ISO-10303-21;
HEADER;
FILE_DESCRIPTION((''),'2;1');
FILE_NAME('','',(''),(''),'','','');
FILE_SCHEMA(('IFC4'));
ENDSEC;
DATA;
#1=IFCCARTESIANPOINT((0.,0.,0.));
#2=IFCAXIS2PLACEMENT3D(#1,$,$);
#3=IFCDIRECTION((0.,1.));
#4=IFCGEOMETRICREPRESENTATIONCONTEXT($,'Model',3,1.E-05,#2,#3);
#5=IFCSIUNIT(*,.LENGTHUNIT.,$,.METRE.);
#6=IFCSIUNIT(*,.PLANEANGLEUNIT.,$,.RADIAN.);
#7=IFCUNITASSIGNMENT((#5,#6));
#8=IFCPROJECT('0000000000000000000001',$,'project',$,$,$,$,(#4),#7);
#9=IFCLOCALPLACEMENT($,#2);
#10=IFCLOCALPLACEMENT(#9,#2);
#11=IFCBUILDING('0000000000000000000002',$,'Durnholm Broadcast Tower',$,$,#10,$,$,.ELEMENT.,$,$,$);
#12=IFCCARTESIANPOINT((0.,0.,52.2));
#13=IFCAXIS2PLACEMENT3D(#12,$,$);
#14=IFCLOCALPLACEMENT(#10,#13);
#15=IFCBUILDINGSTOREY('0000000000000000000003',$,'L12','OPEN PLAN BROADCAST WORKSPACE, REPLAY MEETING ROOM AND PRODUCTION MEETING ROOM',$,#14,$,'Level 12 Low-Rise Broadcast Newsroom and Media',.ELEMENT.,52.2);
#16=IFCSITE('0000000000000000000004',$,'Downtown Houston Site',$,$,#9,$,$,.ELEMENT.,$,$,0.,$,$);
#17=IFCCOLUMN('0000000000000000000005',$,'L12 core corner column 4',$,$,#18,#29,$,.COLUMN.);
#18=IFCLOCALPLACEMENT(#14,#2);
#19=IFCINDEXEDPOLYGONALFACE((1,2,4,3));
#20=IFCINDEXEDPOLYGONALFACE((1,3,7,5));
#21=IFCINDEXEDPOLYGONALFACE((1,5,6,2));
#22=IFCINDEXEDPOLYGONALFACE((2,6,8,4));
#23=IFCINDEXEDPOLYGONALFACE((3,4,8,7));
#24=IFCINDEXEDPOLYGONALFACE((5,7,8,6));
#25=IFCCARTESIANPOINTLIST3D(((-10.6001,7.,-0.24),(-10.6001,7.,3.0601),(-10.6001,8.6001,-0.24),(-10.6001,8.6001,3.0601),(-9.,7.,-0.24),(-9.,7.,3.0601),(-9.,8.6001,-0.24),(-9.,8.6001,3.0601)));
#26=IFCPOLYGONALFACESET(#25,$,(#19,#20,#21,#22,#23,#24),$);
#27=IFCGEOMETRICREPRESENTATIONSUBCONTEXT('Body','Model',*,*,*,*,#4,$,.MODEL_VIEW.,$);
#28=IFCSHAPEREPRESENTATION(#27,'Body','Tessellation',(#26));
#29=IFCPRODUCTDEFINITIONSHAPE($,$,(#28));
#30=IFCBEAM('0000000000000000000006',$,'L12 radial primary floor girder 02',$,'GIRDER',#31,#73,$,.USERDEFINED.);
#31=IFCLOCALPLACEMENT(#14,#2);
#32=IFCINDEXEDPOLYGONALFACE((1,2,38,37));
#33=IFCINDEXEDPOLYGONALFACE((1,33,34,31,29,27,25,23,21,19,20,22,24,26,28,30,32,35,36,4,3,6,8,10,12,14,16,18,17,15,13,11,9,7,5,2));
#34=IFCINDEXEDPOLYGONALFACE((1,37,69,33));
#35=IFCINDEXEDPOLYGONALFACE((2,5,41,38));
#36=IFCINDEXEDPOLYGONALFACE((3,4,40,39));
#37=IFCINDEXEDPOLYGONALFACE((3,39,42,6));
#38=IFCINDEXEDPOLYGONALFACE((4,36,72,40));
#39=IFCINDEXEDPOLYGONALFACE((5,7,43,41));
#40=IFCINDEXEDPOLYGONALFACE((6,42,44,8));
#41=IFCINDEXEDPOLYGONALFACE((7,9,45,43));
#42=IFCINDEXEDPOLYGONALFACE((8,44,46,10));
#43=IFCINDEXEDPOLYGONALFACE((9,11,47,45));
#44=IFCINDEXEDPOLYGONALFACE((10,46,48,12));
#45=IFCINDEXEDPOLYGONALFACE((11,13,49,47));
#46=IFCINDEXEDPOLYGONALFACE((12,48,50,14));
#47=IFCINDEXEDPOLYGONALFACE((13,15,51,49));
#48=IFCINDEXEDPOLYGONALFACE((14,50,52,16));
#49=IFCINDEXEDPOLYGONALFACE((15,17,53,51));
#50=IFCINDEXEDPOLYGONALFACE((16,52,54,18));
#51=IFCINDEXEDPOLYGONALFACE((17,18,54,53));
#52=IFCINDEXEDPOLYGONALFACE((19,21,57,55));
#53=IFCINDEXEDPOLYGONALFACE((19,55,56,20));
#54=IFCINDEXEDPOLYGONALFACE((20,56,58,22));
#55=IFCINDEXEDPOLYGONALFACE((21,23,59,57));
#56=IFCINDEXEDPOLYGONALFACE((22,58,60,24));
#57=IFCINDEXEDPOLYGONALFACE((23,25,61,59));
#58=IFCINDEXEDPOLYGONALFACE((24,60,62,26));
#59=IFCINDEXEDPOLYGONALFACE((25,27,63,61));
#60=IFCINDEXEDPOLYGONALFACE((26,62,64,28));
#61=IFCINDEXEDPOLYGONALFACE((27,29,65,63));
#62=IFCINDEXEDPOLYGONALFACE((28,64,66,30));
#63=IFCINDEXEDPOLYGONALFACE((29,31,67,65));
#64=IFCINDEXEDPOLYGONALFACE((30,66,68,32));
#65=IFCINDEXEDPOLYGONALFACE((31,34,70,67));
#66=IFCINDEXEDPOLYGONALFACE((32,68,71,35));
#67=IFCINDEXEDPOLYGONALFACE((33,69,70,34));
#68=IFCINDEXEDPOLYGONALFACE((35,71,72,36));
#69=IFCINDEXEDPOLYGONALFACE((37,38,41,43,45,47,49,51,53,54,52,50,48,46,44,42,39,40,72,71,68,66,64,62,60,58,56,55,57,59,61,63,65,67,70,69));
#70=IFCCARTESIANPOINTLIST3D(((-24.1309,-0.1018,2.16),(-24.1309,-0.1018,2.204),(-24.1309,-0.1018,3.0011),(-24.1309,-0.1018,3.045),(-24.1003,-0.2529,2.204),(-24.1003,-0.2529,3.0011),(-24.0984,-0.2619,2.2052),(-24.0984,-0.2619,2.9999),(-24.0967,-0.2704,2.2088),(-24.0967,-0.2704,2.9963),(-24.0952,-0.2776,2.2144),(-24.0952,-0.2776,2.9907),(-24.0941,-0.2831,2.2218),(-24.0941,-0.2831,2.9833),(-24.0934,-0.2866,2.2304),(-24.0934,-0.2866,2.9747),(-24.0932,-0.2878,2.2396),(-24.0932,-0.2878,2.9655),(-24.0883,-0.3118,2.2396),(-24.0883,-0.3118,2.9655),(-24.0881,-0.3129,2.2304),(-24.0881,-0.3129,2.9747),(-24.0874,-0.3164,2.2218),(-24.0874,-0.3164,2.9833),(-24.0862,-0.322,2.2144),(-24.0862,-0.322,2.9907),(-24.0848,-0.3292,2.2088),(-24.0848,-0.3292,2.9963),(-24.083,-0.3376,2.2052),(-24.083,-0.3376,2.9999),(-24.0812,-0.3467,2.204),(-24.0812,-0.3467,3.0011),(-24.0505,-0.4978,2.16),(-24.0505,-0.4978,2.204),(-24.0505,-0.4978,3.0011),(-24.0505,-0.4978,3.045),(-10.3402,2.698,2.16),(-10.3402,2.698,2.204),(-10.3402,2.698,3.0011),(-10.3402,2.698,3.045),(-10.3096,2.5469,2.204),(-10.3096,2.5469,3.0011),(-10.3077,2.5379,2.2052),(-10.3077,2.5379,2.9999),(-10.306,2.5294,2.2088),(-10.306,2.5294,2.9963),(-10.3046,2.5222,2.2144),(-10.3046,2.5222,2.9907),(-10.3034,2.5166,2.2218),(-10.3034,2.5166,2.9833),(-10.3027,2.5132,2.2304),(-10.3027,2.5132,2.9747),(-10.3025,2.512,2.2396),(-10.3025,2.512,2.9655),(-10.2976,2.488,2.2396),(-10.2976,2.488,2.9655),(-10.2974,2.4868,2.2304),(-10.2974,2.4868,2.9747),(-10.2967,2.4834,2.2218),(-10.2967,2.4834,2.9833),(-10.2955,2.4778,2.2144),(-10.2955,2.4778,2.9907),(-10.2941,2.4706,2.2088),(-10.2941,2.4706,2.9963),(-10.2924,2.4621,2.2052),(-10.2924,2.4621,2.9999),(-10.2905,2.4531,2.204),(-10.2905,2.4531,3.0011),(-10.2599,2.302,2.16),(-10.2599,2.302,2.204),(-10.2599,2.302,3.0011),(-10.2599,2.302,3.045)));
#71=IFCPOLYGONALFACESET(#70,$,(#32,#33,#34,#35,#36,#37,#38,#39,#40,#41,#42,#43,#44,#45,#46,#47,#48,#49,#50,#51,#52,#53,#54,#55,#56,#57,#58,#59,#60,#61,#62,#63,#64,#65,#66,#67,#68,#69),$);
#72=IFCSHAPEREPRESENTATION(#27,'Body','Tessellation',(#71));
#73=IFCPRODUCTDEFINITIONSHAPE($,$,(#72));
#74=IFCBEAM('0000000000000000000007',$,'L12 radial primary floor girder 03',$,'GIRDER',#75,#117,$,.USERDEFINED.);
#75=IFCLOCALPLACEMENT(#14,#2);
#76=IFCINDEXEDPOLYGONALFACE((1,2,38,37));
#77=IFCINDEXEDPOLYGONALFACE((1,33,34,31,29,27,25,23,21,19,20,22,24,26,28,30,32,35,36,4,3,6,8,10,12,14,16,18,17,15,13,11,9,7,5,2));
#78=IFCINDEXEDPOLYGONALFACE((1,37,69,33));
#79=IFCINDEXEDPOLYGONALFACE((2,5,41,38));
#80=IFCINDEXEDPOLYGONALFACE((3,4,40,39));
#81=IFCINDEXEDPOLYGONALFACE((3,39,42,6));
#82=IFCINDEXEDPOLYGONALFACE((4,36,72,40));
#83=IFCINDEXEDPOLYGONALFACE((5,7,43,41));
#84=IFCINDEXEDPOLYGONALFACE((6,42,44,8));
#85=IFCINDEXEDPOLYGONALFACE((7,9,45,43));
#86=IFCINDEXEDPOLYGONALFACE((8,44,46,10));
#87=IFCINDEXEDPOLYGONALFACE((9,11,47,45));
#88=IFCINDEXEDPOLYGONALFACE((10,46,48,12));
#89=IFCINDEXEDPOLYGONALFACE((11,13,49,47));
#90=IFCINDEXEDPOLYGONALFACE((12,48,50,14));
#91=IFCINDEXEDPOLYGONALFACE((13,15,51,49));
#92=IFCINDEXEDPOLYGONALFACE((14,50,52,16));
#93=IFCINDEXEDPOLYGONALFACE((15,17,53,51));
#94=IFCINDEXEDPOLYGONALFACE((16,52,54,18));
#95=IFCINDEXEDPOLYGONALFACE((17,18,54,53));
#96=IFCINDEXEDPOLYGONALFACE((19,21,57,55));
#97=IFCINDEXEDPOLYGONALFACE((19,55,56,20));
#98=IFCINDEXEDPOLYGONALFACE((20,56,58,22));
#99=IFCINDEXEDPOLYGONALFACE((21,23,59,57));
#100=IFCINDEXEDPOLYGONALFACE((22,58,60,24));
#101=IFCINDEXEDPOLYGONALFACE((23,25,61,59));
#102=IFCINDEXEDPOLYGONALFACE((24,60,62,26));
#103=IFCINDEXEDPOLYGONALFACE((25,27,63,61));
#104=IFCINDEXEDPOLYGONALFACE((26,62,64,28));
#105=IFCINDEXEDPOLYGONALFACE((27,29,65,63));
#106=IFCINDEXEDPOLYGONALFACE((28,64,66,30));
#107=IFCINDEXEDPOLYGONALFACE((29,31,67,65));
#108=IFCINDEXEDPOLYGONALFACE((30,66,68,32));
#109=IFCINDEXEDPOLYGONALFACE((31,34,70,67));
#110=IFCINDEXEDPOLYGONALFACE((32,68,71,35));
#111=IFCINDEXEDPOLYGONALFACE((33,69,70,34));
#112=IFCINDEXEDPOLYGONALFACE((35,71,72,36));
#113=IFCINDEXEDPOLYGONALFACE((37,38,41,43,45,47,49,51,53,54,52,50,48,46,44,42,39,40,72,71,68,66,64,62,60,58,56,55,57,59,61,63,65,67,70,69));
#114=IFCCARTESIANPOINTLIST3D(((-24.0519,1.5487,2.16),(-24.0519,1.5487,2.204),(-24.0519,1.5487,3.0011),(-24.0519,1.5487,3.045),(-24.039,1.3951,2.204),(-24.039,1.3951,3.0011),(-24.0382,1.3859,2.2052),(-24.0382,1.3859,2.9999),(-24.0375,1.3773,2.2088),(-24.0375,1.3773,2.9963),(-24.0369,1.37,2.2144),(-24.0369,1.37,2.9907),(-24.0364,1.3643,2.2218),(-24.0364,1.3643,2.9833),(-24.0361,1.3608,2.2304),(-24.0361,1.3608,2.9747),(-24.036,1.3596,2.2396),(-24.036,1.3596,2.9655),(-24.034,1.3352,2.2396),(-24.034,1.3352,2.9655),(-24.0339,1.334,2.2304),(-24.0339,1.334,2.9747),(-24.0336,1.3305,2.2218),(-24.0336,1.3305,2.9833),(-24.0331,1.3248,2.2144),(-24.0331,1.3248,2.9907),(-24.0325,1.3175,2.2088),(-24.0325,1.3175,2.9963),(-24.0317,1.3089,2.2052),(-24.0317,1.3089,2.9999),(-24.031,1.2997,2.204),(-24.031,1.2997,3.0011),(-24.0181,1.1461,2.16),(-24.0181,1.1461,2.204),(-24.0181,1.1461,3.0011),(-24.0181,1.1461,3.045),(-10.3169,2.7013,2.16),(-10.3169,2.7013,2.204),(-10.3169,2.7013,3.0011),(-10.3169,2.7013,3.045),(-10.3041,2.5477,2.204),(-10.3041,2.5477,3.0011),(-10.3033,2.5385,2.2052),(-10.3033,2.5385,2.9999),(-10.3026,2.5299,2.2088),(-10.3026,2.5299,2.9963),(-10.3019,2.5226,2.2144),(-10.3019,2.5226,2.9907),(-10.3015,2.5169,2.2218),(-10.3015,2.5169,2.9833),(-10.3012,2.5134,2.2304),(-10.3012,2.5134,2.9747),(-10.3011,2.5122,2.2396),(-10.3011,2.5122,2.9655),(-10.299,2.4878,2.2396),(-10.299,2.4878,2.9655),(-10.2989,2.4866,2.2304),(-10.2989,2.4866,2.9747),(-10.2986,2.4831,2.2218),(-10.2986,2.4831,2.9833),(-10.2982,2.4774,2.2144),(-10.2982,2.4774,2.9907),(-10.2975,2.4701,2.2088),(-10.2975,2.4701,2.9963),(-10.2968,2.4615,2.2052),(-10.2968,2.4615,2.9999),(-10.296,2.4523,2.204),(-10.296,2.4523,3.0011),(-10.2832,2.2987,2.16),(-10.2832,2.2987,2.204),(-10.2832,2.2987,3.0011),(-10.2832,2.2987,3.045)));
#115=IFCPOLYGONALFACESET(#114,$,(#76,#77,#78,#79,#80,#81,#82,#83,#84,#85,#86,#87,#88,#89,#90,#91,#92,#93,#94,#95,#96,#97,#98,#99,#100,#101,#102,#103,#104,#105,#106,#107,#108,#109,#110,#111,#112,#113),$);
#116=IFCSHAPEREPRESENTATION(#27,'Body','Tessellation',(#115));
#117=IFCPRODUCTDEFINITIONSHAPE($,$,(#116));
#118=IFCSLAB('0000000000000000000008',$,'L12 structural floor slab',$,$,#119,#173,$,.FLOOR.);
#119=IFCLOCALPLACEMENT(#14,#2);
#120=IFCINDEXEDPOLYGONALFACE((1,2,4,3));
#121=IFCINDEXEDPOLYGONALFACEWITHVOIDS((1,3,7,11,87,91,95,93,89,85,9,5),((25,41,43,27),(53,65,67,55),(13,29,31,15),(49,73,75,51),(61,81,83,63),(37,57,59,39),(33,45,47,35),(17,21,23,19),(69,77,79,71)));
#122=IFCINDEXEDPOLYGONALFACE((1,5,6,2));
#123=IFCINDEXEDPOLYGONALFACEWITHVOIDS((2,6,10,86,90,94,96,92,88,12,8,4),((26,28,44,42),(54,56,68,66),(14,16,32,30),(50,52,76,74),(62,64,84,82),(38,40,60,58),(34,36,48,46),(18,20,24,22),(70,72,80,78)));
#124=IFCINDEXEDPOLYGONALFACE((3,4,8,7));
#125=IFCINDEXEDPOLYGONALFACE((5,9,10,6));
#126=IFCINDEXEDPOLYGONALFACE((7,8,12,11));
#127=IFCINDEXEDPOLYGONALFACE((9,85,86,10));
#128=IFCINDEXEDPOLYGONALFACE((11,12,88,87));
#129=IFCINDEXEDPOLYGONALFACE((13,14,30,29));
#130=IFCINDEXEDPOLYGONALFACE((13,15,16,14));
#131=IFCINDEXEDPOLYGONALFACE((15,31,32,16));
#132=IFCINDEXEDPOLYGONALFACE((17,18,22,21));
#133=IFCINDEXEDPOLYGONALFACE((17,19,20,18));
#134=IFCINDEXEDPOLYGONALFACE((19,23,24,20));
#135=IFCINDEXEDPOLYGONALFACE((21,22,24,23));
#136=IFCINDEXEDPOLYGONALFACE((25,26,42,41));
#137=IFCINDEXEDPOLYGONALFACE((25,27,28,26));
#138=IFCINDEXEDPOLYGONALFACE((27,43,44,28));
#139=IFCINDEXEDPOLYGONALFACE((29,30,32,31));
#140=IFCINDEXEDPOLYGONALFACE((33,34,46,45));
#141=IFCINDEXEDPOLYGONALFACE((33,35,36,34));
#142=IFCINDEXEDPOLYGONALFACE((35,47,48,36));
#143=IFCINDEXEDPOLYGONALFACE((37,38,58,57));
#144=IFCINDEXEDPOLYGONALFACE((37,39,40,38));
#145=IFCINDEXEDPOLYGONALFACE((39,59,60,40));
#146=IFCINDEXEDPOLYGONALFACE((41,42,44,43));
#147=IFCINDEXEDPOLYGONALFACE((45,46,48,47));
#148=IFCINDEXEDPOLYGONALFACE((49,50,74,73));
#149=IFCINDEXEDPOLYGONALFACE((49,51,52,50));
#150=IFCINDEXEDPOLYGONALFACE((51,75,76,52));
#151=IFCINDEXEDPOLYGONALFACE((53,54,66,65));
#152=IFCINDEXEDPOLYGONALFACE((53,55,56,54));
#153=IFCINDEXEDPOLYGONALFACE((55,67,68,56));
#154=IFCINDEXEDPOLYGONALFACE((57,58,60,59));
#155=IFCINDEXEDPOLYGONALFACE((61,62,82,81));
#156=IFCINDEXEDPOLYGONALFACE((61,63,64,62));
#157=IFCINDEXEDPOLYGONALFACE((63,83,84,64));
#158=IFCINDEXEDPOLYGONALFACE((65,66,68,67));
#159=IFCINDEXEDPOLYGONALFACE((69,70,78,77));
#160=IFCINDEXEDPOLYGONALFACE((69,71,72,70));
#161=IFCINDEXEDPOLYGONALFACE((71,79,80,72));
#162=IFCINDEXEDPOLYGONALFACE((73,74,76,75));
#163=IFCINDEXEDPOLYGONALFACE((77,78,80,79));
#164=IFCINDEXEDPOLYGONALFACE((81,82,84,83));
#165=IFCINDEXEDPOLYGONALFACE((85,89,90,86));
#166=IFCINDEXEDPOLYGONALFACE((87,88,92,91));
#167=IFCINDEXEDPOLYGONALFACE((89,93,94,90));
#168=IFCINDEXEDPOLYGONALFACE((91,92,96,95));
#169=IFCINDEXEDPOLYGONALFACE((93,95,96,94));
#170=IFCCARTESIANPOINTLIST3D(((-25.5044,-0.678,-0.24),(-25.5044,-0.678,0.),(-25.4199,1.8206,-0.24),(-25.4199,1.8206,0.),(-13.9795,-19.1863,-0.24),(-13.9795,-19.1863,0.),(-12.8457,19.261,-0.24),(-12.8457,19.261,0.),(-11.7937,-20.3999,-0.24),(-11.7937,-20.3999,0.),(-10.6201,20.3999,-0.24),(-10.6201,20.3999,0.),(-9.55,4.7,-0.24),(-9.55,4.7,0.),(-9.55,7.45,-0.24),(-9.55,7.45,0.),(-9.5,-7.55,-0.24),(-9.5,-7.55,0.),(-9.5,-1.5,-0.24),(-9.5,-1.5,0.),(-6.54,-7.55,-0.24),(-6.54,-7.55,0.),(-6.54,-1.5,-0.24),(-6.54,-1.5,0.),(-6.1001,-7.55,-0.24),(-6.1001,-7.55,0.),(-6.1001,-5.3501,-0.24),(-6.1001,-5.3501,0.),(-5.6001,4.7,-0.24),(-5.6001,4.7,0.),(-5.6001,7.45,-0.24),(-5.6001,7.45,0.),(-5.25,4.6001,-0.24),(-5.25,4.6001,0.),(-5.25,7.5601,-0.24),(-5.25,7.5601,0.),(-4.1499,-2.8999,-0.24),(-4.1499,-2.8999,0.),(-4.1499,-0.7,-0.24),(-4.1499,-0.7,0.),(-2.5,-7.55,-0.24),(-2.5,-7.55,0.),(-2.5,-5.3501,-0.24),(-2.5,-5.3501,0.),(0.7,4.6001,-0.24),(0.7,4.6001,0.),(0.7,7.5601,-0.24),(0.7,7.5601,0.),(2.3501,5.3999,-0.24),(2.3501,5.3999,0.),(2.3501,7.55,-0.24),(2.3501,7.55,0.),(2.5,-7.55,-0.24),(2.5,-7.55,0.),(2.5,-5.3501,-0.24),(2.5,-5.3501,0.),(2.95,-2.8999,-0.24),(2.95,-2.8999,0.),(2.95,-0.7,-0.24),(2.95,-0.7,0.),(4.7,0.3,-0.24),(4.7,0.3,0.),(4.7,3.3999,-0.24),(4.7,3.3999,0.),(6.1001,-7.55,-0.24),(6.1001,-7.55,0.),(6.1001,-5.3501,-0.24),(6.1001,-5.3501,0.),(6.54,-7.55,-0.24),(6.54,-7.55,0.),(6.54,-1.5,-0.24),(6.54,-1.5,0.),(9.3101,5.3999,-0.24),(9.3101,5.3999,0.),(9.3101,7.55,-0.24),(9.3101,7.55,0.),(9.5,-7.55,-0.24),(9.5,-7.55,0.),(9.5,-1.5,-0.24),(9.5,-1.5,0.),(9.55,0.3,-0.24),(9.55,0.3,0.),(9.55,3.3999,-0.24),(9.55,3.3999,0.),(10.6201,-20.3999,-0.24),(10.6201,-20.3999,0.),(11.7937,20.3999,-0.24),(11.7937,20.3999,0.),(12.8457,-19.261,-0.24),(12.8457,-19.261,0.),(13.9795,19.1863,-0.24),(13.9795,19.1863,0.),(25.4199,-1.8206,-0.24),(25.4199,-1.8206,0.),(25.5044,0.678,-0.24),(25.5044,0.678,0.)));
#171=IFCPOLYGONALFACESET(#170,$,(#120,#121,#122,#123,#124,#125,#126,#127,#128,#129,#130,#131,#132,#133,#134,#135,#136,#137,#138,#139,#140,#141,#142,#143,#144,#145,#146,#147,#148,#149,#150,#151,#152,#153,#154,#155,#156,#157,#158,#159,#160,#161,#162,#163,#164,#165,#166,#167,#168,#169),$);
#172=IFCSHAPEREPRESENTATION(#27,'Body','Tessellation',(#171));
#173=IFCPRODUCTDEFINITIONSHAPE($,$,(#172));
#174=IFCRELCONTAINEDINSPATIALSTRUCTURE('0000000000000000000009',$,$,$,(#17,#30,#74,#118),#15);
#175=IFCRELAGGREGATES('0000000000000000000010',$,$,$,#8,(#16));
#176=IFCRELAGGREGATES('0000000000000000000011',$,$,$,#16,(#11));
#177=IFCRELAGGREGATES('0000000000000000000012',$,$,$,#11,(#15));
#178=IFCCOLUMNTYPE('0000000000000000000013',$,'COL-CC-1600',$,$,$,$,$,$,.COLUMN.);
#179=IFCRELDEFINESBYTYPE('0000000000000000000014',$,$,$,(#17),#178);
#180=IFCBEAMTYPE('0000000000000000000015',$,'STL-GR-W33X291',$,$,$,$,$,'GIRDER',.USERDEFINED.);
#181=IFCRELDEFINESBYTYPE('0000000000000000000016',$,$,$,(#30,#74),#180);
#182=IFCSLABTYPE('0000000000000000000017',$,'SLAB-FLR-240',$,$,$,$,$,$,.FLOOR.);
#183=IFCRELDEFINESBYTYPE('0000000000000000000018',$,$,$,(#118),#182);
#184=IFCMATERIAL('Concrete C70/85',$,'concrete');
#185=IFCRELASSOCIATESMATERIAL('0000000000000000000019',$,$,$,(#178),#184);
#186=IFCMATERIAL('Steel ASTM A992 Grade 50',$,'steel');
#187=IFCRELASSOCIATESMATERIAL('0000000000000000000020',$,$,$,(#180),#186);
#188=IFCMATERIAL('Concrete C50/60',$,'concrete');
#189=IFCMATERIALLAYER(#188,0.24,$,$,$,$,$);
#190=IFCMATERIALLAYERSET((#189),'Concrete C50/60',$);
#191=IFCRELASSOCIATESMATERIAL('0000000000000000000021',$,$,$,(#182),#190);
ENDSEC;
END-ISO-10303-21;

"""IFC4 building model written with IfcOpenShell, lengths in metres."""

from ifc_helpers import new_model, si_unit, direction, frame, origin, origin_2d, place, context, subcontext, project, spatial, polyline, rectangle, i_section, outline, extrude, source, transform, mapped, material, layer, layer_set, material_profile, profile_set, type_object, type_shapes, element, save


model = new_model("IFC4")

# Units and contexts
model_context = context("Model", 3, precision=1e-05, world=origin(), true_north=direction((0.0, 1.0)))
body_context = subcontext(model_context, "Body", "Model", "MODEL_VIEW")
ifc_project = project(units=[si_unit("LENGTHUNIT", "METRE"), si_unit("PLANEANGLEUNIT", "RADIAN")], contexts=[model_context])

# Site, building, storey
site_placement = place(None, origin())
site = spatial("IfcSite", under=ifc_project, at=site_placement, Name="Downtown Houston Site", CompositionType="ELEMENT", RefElevation=0.0)
building_placement = place(site_placement, origin())
building = spatial("IfcBuilding", under=site, at=building_placement, Name="Durnholm Broadcast Tower", CompositionType="ELEMENT")
storey_placement = place(building_placement, frame((0.0, 0.0, 52.2)))
storey = spatial("IfcBuildingStorey", under=building, at=storey_placement, Name="L12", Description="OPEN PLAN BROADCAST WORKSPACE, REPLAY MEETING ROOM AND PRODUCTION MEETING ROOM", LongName="Level 12 Low-Rise Broadcast Newsroom and Media", CompositionType="ELEMENT", Elevation=52.2)

# Column
ifc_material_1 = material(Name="Concrete C70/85", Category="concrete")
ifc_material_profile_1 = material_profile(ifc_material_1, rectangle(XDim=1.6001, YDim=1.6001, at=origin_2d()), Name="RC1600X1600")
ifc_profile_set_1 = profile_set([ifc_material_profile_1], Name="Concrete C70/85")
column_type = type_object("IfcColumnType", Name="COL-CC-1600", PredefinedType="COLUMN", material=ifc_profile_set_1)
shared_shape_1 = source(origin(), body_context, "Body", "SweptSolid", [
    extrude(rectangle(XDim=1.6001, YDim=1.6001, at=origin_2d()), origin(), (0.0, 0.0, 1.0), 3.3),
])
type_shapes(column_type, [shared_shape_1])
column_placement = place(storey_placement, frame((-9.8, 7.8, -0.24), z_axis=(0.0, 0.0, 1.0), x_axis=(1.0, 0.0, 0.0)))
element("IfcColumn", 1, at=column_placement, inside=storey, type_object=column_type, Name="L12 core corner column 4", PredefinedType="COLUMN", context=body_context, shape_type="MappedRepresentation", body=[
    mapped(shared_shape_1, transform((0.0, 0.0, 0.0), x_axis=(1.0, 0.0, 0.0), y_axis=(0.0, 1.0, 0.0), z_axis=(0.0, 0.0, 1.0), scale=1.0)),
])

# Beams
ifc_material_2 = material(Name="Steel ASTM A992 Grade 50", Category="steel")
ifc_material_profile_2 = material_profile(ifc_material_2, i_section(OverallWidth=0.4041, OverallDepth=0.885, WebThickness=0.0244, FlangeThickness=0.0439, FilletRadius=0.0356, at=origin_2d()), Name="W33X291")
ifc_profile_set_2 = profile_set([ifc_material_profile_2], Name="Steel ASTM A992 Grade 50")
beam_type = type_object("IfcBeamType", Name="STL-GR-W33X291", ElementType="GIRDER", PredefinedType="USERDEFINED", material=ifc_profile_set_2)
shared_shape_2 = source(origin(), body_context, "Body", "SweptSolid", [
    extrude(i_section(OverallWidth=0.4041, OverallDepth=0.885, WebThickness=0.0244, FlangeThickness=0.0439, FilletRadius=0.0356, at=origin_2d()), origin(), (0.0, 0.0, 1.0), 14.072),
])
beam_1_placement = place(storey_placement, frame((-10.3, 2.5, 2.6025), z_axis=(-0.980007, -0.198961, 0.0), x_axis=(0.198961, -0.980007, 0.0)))
element("IfcBeam", 2, at=beam_1_placement, inside=storey, type_object=beam_type, Name="L12 radial primary floor girder 02", ObjectType="GIRDER", PredefinedType="USERDEFINED", context=body_context, shape_type="MappedRepresentation", body=[
    mapped(shared_shape_2, transform((0.0, 0.0, 0.0), x_axis=(1.0, 0.0, 0.0), y_axis=(0.0, 1.0, 0.0), z_axis=(0.0, 0.0, 1.0), scale=1.0)),
])
shared_shape_3 = source(origin(), body_context, "Body", "SweptSolid", [
    extrude(i_section(OverallWidth=0.4041, OverallDepth=0.885, WebThickness=0.0244, FlangeThickness=0.0439, FilletRadius=0.0356, at=origin_2d()), origin(), (0.0, 0.0, 1.0), 13.7832),
])
type_shapes(beam_type, [shared_shape_2, shared_shape_3])
beam_2_placement = place(storey_placement, frame((-10.3, 2.5, 2.6025), z_axis=(-0.996497, -0.083623, 0.0), x_axis=(0.083623, -0.996497, 0.0)))
element("IfcBeam", 3, at=beam_2_placement, inside=storey, type_object=beam_type, Name="L12 radial primary floor girder 03", ObjectType="GIRDER", PredefinedType="USERDEFINED", context=body_context, shape_type="MappedRepresentation", body=[
    mapped(shared_shape_3, transform((0.0, 0.0, 0.0), x_axis=(1.0, 0.0, 0.0), y_axis=(0.0, 1.0, 0.0), z_axis=(0.0, 0.0, 1.0), scale=1.0)),
])

# Slab
ifc_material_3 = material(Name="Concrete C50/60", Category="concrete")
ifc_layer_1 = layer(ifc_material_3, 0.24)
ifc_layer_set_1 = layer_set([ifc_layer_1], Name="Concrete C50/60")
slab_type = type_object("IfcSlabType", Name="SLAB-FLR-240", PredefinedType="FLOOR", material=ifc_layer_set_1)
slab_placement = place(storey_placement, frame((0.0, 0.0, -0.24)))
element("IfcSlab", 4, at=slab_placement, inside=storey, type_object=slab_type, Name="L12 structural floor slab", PredefinedType="FLOOR", context=body_context, shape_type="SweptSolid", body=[
    extrude(outline(polyline([(-13.9795, -19.1863), (-11.7937, -20.3999), (10.6201, -20.3999), (12.8457, -19.261), (25.4199, -1.8206), (25.5044, 0.678), (13.9795, 19.1863), (11.7937, 20.3999), (-10.6201, 20.3999), (-12.8457, 19.261), (-25.4199, 1.8206), (-25.5044, -0.678), (-13.9795, -19.1863)]), holes=[polyline([(-2.5, -5.3501), (-6.1001, -5.3501), (-6.1001, -7.55), (-2.5, -7.55), (-2.5, -5.3501)]), polyline([(6.1001, -5.3501), (2.5, -5.3501), (2.5, -7.55), (6.1001, -7.55), (6.1001, -5.3501)]), polyline([(-6.54, -7.55), (-6.54, -1.5), (-9.5, -1.5), (-9.5, -7.55), (-6.54, -7.55)]), polyline([(9.5, -7.55), (9.5, -1.5), (6.54, -1.5), (6.54, -7.55), (9.5, -7.55)]), polyline([(2.95, -0.7), (-4.1499, -0.7), (-4.1499, -2.8999), (2.95, -2.8999), (2.95, -0.7)]), polyline([(9.55, 3.3999), (4.7, 3.3999), (4.7, 0.3), (9.55, 0.3), (9.55, 3.3999)]), polyline([(-5.6001, 7.45), (-9.55, 7.45), (-9.55, 4.7), (-5.6001, 4.7), (-5.6001, 7.45)]), polyline([(-5.25, 7.5601), (-5.25, 4.6001), (0.7, 4.6001), (0.7, 7.5601), (-5.25, 7.5601)]), polyline([(9.3101, 5.3999), (9.3101, 7.55), (2.3501, 7.55), (2.3501, 5.3999), (9.3101, 5.3999)])]), origin(), (0.0, 0.0, 1.0), 0.24),
])

save(model, "model.ifc")
